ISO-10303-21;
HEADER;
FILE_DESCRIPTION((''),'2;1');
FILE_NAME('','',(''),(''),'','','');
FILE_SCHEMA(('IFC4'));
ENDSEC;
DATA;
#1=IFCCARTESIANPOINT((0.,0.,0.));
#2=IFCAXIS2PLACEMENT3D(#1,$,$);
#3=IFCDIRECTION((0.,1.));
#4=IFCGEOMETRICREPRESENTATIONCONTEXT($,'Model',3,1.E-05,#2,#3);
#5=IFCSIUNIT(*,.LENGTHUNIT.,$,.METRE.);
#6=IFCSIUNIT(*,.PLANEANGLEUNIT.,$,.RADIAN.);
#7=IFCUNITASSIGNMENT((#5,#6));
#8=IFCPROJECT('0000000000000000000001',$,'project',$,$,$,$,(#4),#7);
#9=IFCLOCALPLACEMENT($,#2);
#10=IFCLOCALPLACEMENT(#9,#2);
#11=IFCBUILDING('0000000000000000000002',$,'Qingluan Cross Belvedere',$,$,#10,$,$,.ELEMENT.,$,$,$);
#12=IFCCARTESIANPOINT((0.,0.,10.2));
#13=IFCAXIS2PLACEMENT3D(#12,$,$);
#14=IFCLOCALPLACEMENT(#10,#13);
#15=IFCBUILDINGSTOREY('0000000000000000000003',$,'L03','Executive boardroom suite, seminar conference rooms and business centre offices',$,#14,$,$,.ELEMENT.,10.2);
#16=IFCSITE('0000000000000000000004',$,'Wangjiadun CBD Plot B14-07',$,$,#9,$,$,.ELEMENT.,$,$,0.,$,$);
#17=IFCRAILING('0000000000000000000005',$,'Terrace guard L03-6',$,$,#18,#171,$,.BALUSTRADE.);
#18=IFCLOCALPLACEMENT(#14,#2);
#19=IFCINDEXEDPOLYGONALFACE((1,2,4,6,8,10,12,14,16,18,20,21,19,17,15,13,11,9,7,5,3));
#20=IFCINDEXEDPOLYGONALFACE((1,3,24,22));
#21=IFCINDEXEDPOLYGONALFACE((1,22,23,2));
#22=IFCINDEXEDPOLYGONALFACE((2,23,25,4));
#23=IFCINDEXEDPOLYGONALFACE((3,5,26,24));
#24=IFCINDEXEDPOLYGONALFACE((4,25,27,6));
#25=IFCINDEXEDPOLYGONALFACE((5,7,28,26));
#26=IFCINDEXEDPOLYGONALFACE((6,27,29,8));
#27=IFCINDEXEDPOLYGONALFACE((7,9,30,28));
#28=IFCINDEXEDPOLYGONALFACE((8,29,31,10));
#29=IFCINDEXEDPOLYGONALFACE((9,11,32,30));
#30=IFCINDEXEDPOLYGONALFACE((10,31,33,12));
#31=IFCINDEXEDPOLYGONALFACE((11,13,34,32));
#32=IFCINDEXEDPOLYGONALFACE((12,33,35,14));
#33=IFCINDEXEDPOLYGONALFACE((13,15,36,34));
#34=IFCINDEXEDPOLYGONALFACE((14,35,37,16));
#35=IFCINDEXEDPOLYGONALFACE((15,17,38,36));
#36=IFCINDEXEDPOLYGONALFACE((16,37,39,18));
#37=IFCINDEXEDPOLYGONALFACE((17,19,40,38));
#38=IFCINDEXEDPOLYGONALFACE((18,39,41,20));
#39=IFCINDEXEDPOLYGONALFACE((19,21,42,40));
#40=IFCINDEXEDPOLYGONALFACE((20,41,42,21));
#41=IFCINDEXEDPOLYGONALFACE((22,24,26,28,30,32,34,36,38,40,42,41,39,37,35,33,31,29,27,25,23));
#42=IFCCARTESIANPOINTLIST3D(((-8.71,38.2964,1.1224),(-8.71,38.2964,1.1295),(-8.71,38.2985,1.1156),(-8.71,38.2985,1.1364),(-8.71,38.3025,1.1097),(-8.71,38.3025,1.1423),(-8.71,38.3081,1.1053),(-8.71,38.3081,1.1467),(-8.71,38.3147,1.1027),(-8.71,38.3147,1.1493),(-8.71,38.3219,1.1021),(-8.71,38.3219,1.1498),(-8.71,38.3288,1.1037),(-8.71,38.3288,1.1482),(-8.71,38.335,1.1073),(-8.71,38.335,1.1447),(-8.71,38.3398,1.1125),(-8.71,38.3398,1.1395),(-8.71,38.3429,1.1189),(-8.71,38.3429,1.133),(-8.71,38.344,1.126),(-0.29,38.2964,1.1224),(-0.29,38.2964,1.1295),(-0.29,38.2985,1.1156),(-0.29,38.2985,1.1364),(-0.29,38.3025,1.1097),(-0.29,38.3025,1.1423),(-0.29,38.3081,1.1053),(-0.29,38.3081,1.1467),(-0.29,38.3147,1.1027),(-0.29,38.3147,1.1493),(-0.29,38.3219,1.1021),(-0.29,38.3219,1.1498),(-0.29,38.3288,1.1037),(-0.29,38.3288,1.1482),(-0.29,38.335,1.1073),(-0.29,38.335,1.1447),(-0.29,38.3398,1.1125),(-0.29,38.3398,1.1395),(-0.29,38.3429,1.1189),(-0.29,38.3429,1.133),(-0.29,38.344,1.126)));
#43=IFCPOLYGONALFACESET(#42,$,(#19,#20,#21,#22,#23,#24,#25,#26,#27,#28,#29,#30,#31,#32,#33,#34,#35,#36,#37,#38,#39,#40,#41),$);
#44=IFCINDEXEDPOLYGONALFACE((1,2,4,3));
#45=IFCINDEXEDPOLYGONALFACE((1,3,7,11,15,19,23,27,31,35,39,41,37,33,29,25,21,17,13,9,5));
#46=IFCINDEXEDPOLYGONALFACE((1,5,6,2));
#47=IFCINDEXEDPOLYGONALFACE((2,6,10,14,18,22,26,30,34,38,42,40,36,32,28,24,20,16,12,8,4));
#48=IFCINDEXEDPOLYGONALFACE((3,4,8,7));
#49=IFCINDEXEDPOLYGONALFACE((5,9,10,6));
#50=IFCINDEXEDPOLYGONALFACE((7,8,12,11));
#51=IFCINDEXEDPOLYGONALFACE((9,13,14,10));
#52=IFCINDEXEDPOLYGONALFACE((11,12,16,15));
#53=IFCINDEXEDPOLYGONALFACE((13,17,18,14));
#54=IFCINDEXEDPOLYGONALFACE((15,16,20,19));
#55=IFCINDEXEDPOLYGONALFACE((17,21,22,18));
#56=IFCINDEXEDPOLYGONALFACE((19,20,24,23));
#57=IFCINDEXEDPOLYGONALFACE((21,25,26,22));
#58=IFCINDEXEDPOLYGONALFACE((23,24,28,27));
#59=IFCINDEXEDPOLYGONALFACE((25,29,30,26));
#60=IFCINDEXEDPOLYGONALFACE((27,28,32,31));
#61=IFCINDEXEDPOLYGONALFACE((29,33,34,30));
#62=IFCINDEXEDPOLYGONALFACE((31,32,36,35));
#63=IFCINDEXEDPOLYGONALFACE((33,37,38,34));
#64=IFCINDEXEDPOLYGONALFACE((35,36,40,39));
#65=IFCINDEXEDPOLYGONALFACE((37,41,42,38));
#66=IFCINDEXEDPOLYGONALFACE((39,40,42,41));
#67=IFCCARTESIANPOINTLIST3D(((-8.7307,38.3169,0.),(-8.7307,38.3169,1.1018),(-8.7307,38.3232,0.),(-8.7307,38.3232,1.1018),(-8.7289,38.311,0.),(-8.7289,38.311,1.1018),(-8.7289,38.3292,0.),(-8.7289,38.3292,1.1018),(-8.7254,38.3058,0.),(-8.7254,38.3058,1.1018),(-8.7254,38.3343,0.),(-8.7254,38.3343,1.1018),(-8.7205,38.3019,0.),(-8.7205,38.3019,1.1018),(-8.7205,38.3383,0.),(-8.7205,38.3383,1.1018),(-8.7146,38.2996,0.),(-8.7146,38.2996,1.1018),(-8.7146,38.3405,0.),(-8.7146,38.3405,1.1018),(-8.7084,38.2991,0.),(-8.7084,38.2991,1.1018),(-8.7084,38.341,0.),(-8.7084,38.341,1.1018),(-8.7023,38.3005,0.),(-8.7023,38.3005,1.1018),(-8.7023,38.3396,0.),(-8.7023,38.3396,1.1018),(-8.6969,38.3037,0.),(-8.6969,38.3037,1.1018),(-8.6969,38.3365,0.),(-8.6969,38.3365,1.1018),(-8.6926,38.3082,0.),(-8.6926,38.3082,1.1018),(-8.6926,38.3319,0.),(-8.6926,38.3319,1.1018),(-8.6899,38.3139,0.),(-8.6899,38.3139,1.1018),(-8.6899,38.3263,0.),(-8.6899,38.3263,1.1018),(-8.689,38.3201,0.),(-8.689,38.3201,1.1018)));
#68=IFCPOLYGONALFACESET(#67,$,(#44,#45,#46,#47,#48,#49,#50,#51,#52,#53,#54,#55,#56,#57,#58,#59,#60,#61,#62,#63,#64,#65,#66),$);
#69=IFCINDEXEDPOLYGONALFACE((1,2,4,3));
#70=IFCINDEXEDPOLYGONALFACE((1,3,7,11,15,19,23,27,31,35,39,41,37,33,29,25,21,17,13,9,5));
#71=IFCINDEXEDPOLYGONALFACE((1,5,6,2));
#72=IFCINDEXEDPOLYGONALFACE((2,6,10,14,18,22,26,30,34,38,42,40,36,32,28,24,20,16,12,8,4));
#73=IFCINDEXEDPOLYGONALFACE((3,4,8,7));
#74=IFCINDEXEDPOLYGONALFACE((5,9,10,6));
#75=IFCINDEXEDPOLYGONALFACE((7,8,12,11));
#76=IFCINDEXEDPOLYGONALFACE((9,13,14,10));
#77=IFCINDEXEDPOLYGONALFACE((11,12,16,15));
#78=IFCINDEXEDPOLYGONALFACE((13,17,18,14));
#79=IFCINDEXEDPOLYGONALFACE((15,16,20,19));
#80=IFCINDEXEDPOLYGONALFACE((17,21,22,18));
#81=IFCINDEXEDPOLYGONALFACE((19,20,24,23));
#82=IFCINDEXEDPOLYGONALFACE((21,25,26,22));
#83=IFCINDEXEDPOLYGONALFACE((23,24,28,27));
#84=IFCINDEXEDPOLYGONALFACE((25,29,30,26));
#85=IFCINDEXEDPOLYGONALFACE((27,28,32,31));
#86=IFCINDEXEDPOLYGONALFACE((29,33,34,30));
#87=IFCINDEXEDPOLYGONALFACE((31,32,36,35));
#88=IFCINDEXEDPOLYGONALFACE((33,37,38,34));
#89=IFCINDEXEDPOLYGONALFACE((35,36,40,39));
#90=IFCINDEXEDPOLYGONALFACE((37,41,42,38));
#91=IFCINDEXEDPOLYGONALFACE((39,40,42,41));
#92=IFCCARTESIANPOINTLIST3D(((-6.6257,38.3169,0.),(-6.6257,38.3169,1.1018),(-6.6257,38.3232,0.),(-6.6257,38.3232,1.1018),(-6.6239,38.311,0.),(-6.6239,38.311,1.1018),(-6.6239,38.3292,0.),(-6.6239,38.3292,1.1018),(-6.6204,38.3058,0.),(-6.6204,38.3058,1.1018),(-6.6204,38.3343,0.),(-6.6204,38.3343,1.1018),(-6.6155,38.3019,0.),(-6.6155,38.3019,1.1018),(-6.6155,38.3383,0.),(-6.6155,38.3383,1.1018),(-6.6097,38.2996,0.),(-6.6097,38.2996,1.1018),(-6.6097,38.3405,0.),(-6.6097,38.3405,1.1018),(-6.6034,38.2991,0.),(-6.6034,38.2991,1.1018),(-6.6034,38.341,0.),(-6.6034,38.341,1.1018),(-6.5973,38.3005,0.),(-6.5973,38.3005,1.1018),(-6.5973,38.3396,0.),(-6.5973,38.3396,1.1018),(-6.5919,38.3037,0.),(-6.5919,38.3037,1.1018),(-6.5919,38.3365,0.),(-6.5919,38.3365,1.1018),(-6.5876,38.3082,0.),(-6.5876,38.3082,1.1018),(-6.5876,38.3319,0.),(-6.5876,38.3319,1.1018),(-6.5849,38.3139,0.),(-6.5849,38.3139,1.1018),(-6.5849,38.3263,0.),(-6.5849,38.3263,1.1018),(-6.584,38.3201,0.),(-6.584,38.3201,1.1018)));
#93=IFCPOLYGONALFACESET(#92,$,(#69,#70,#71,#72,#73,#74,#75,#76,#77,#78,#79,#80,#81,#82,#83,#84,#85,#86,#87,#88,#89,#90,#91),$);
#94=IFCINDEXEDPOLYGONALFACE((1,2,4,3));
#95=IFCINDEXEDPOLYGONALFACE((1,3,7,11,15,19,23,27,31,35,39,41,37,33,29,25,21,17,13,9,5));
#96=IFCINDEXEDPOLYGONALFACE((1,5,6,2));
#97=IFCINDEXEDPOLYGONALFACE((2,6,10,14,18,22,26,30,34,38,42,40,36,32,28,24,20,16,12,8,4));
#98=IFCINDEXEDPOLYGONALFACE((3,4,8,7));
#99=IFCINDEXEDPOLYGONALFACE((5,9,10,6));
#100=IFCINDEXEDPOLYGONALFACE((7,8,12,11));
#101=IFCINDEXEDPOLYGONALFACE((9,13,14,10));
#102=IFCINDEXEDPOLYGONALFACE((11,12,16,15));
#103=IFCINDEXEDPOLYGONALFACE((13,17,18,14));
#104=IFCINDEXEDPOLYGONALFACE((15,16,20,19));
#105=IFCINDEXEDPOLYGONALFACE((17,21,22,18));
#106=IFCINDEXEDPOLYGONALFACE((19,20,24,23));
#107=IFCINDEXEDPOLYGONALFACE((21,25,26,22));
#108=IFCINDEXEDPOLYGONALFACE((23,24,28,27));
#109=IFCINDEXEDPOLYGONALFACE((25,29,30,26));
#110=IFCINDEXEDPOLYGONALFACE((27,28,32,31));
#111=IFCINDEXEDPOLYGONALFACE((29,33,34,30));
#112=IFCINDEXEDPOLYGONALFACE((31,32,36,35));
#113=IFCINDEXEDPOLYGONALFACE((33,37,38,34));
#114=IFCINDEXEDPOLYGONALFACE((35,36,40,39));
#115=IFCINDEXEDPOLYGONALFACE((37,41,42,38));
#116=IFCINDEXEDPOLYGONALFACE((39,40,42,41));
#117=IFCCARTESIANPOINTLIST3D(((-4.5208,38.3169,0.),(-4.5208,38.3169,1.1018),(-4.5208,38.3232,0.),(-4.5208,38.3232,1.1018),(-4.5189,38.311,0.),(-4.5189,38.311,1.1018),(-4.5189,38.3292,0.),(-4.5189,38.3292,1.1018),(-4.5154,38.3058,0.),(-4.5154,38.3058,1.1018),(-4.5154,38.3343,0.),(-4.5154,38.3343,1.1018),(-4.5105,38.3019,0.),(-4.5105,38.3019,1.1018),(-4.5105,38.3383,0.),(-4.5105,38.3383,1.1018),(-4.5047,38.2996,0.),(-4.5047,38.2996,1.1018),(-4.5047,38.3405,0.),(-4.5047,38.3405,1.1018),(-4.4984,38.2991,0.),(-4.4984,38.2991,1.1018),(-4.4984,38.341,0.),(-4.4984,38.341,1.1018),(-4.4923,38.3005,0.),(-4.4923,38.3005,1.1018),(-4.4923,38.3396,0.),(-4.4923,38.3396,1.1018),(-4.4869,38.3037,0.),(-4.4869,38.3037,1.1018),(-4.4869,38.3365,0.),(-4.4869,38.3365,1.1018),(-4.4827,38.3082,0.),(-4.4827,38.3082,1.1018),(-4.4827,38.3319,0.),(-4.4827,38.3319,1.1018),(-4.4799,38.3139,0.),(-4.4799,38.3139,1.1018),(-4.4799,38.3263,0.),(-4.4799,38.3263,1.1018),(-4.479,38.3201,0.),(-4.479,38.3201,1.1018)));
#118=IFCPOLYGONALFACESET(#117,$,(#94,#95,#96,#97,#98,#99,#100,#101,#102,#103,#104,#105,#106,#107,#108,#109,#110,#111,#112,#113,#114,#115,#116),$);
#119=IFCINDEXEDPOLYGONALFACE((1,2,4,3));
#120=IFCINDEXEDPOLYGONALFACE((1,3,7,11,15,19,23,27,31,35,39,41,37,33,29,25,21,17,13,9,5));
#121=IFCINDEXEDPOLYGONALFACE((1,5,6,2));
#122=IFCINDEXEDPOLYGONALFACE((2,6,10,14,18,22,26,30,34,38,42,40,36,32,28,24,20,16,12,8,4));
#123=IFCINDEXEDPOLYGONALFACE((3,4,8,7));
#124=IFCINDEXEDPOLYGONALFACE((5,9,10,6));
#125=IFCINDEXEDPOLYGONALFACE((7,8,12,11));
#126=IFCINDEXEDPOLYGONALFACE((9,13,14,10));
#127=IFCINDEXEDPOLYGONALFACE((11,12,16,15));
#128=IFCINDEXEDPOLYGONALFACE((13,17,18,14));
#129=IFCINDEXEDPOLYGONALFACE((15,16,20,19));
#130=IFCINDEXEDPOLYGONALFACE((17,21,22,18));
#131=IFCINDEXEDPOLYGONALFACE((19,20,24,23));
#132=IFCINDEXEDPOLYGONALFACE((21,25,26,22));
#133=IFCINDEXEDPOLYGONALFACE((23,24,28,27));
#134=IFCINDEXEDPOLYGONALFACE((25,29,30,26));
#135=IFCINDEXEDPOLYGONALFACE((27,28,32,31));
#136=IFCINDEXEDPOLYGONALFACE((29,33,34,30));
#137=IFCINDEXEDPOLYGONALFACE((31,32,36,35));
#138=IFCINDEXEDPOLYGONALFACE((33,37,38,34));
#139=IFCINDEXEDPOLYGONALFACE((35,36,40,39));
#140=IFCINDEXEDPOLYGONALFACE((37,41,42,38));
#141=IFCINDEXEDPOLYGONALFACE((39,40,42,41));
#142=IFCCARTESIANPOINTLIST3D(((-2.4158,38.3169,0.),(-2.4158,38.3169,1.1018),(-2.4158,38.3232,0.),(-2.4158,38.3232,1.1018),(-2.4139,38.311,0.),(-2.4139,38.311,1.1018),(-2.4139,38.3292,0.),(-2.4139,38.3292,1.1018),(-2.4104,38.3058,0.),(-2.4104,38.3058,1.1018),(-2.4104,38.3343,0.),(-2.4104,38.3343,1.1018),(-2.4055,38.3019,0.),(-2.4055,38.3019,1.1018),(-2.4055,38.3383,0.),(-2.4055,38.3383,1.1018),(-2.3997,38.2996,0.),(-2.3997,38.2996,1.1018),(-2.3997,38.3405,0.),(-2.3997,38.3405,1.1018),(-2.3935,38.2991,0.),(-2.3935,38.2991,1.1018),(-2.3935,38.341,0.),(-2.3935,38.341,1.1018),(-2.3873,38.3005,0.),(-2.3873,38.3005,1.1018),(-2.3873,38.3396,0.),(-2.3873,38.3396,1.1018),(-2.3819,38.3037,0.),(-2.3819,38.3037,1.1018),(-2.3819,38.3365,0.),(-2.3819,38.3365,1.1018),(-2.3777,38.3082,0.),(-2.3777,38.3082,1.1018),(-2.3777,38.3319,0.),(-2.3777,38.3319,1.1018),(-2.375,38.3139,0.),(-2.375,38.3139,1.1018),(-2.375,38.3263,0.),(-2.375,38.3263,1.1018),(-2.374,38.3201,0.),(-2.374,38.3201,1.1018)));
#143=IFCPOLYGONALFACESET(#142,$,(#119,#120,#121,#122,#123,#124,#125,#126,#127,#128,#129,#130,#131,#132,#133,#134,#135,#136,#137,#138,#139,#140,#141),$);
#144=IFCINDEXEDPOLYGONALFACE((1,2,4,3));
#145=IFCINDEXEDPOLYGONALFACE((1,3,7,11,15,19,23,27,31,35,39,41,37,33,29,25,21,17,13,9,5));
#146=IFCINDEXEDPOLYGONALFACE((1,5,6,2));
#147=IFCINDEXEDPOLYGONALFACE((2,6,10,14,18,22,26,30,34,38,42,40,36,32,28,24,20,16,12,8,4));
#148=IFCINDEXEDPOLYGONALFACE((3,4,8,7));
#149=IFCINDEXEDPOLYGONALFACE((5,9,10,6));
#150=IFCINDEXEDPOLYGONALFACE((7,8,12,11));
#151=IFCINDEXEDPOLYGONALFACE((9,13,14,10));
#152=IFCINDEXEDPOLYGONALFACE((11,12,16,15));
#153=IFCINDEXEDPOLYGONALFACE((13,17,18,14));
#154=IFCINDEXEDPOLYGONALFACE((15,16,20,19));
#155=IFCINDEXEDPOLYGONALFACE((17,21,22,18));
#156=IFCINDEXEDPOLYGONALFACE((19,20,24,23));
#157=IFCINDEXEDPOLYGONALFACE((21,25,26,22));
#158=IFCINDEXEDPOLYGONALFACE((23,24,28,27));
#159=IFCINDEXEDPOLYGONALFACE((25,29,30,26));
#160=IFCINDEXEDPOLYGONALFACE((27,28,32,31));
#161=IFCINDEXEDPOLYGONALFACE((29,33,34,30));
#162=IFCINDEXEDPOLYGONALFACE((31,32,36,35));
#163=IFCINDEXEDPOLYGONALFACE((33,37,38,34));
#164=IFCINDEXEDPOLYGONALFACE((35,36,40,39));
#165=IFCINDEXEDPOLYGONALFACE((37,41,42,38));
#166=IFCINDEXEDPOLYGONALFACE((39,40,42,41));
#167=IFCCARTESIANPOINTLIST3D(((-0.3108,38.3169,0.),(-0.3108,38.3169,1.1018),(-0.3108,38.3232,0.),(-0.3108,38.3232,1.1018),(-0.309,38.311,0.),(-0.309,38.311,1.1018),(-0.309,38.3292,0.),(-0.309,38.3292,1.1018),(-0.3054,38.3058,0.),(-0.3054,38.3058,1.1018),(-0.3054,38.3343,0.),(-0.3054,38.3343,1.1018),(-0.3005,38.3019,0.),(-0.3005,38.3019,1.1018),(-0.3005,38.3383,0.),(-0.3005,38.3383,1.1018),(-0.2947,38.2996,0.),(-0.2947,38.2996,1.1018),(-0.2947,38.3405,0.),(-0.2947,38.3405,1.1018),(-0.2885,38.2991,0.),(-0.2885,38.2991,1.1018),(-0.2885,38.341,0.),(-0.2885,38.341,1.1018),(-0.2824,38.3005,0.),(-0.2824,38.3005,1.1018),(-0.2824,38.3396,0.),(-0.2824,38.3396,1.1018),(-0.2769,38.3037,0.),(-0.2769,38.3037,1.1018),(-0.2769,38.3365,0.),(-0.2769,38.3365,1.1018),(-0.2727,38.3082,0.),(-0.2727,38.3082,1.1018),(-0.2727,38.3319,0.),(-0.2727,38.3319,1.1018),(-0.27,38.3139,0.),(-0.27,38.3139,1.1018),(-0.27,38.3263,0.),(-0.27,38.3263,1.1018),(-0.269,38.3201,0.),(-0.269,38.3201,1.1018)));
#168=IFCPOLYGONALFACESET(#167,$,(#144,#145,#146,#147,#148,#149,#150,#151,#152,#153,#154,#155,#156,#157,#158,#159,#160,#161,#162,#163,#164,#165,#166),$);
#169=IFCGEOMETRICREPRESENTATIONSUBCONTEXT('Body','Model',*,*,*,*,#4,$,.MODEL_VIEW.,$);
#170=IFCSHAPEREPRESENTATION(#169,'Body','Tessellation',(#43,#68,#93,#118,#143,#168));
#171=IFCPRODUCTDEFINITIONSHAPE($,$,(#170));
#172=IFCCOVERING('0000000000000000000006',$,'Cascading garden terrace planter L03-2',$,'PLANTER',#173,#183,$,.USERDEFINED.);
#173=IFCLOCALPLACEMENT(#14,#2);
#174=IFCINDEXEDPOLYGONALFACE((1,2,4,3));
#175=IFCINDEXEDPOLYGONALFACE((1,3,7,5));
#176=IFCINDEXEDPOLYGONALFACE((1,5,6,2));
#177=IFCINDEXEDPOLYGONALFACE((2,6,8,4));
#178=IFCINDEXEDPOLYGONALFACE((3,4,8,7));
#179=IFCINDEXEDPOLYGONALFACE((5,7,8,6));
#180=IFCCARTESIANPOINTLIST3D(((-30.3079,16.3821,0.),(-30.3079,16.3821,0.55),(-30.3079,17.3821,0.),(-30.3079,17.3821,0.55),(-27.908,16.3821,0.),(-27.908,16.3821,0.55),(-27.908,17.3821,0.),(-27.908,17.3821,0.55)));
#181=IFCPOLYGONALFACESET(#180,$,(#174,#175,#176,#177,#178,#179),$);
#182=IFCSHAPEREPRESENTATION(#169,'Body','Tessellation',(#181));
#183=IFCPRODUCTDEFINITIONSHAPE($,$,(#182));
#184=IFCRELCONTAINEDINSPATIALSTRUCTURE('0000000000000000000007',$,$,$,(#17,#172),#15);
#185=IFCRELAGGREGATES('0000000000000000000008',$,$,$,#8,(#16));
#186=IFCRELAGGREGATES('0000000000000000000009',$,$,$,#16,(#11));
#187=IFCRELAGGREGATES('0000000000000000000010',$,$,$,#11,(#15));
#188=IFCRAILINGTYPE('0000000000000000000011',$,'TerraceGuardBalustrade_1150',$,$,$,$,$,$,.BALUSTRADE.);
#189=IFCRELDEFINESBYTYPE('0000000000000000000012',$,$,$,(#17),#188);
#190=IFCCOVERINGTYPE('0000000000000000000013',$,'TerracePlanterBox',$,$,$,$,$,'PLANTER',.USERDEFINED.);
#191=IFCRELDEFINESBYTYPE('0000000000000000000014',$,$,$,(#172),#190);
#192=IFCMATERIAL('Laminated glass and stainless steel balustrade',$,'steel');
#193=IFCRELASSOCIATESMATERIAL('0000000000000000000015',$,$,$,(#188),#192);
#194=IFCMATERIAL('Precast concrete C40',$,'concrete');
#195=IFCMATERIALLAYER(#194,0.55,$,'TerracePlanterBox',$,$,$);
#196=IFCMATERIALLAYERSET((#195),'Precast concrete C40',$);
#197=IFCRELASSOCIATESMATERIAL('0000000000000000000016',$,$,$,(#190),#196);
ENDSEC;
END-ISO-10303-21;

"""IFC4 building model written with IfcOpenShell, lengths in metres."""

from ifc_helpers import new_model, si_unit, direction, frame, origin, origin_2d, place, context, subcontext, project, spatial, rectangle, circle, extrude, material, layer, layer_set, type_object, element, save


model = new_model("IFC4")

# Units and contexts
model_context = context("Model", 3, precision=1e-05, world=origin(), true_north=direction((0.0, 1.0)))
body_context = subcontext(model_context, "Body", "Model", "MODEL_VIEW")
ifc_project = project(units=[si_unit("LENGTHUNIT", "METRE"), si_unit("PLANEANGLEUNIT", "RADIAN")], contexts=[model_context])

# Site, building, storey
site_placement = place(None, origin())
site = spatial("IfcSite", under=ifc_project, at=site_placement, Name="Wangjiadun CBD Plot B14-07", CompositionType="ELEMENT", RefElevation=0.0)
building_placement = place(site_placement, origin())
building = spatial("IfcBuilding", under=site, at=building_placement, Name="Qingluan Cross Belvedere", CompositionType="ELEMENT")
storey_placement = place(building_placement, frame((0.0, 0.0, 10.2)))
storey = spatial("IfcBuildingStorey", under=building, at=storey_placement, Name="L03", Description="Executive boardroom suite, seminar conference rooms and business centre offices", CompositionType="ELEMENT", Elevation=10.2)

# Railing
ifc_material_1 = material(Name="Laminated glass and stainless steel balustrade", Category="steel")
railing_type_1 = type_object("IfcRailingType", Name="TerraceGuardBalustrade_1150", PredefinedType="BALUSTRADE", material=ifc_material_1)
railing_1_placement = place(storey_placement, frame((-8.71, 38.3201, 0.0)))
element("IfcRailing", 1, at=railing_1_placement, inside=storey, type_object=railing_type_1, Name="Terrace guard L03-6", PredefinedType="BALUSTRADE", context=body_context, shape_type="SweptSolid", body=[
    extrude(circle(Radius=0.0239, at=origin_2d()), frame((0.0, 0.0, 1.126), z_axis=(1.0, 0.0, 0.0), x_axis=(0.0, 1.0, 0.0)), (0.0, 0.0, 1.0), 8.4199),
    extrude(circle(Radius=0.021, at=origin_2d()), origin(), (0.0, 0.0, 1.0), 1.1018),
    extrude(circle(Radius=0.021, at=origin_2d()), frame((2.105, 0.0, 0.0)), (0.0, 0.0, 1.0), 1.1018),
    extrude(circle(Radius=0.021, at=origin_2d()), frame((4.21, 0.0, 0.0)), (0.0, 0.0, 1.0), 1.1018),
    extrude(circle(Radius=0.021, at=origin_2d()), frame((6.3149, 0.0, 0.0)), (0.0, 0.0, 1.0), 1.1018),
    extrude(circle(Radius=0.021, at=origin_2d()), frame((8.4199, 0.0, 0.0)), (0.0, 0.0, 1.0), 1.1018),
])

# Covering
ifc_material_2 = material(Name="Precast concrete C40", Category="concrete")
ifc_layer_1 = layer(ifc_material_2, 0.55, Name="TerracePlanterBox")
ifc_layer_set_1 = layer_set([ifc_layer_1], Name="Precast concrete C40")
covering_type = type_object("IfcCoveringType", Name="TerracePlanterBox", ElementType="PLANTER", PredefinedType="USERDEFINED", material=ifc_layer_set_1)
covering_placement = place(storey_placement, frame((-29.1079, 16.8821, 0.0), z_axis=(0.0, 0.0, 1.0), x_axis=(1.0, 0.0, 0.0)))
element("IfcCovering", 2, at=covering_placement, inside=storey, type_object=covering_type, Name="Cascading garden terrace planter L03-2", ObjectType="PLANTER", PredefinedType="USERDEFINED", context=body_context, shape_type="SweptSolid", body=[
    extrude(rectangle(XDim=2.3999, YDim=1.0, at=origin_2d()), origin(), (0.0, 0.0, 1.0), 0.55),
])

save(model, "model.ifc")
